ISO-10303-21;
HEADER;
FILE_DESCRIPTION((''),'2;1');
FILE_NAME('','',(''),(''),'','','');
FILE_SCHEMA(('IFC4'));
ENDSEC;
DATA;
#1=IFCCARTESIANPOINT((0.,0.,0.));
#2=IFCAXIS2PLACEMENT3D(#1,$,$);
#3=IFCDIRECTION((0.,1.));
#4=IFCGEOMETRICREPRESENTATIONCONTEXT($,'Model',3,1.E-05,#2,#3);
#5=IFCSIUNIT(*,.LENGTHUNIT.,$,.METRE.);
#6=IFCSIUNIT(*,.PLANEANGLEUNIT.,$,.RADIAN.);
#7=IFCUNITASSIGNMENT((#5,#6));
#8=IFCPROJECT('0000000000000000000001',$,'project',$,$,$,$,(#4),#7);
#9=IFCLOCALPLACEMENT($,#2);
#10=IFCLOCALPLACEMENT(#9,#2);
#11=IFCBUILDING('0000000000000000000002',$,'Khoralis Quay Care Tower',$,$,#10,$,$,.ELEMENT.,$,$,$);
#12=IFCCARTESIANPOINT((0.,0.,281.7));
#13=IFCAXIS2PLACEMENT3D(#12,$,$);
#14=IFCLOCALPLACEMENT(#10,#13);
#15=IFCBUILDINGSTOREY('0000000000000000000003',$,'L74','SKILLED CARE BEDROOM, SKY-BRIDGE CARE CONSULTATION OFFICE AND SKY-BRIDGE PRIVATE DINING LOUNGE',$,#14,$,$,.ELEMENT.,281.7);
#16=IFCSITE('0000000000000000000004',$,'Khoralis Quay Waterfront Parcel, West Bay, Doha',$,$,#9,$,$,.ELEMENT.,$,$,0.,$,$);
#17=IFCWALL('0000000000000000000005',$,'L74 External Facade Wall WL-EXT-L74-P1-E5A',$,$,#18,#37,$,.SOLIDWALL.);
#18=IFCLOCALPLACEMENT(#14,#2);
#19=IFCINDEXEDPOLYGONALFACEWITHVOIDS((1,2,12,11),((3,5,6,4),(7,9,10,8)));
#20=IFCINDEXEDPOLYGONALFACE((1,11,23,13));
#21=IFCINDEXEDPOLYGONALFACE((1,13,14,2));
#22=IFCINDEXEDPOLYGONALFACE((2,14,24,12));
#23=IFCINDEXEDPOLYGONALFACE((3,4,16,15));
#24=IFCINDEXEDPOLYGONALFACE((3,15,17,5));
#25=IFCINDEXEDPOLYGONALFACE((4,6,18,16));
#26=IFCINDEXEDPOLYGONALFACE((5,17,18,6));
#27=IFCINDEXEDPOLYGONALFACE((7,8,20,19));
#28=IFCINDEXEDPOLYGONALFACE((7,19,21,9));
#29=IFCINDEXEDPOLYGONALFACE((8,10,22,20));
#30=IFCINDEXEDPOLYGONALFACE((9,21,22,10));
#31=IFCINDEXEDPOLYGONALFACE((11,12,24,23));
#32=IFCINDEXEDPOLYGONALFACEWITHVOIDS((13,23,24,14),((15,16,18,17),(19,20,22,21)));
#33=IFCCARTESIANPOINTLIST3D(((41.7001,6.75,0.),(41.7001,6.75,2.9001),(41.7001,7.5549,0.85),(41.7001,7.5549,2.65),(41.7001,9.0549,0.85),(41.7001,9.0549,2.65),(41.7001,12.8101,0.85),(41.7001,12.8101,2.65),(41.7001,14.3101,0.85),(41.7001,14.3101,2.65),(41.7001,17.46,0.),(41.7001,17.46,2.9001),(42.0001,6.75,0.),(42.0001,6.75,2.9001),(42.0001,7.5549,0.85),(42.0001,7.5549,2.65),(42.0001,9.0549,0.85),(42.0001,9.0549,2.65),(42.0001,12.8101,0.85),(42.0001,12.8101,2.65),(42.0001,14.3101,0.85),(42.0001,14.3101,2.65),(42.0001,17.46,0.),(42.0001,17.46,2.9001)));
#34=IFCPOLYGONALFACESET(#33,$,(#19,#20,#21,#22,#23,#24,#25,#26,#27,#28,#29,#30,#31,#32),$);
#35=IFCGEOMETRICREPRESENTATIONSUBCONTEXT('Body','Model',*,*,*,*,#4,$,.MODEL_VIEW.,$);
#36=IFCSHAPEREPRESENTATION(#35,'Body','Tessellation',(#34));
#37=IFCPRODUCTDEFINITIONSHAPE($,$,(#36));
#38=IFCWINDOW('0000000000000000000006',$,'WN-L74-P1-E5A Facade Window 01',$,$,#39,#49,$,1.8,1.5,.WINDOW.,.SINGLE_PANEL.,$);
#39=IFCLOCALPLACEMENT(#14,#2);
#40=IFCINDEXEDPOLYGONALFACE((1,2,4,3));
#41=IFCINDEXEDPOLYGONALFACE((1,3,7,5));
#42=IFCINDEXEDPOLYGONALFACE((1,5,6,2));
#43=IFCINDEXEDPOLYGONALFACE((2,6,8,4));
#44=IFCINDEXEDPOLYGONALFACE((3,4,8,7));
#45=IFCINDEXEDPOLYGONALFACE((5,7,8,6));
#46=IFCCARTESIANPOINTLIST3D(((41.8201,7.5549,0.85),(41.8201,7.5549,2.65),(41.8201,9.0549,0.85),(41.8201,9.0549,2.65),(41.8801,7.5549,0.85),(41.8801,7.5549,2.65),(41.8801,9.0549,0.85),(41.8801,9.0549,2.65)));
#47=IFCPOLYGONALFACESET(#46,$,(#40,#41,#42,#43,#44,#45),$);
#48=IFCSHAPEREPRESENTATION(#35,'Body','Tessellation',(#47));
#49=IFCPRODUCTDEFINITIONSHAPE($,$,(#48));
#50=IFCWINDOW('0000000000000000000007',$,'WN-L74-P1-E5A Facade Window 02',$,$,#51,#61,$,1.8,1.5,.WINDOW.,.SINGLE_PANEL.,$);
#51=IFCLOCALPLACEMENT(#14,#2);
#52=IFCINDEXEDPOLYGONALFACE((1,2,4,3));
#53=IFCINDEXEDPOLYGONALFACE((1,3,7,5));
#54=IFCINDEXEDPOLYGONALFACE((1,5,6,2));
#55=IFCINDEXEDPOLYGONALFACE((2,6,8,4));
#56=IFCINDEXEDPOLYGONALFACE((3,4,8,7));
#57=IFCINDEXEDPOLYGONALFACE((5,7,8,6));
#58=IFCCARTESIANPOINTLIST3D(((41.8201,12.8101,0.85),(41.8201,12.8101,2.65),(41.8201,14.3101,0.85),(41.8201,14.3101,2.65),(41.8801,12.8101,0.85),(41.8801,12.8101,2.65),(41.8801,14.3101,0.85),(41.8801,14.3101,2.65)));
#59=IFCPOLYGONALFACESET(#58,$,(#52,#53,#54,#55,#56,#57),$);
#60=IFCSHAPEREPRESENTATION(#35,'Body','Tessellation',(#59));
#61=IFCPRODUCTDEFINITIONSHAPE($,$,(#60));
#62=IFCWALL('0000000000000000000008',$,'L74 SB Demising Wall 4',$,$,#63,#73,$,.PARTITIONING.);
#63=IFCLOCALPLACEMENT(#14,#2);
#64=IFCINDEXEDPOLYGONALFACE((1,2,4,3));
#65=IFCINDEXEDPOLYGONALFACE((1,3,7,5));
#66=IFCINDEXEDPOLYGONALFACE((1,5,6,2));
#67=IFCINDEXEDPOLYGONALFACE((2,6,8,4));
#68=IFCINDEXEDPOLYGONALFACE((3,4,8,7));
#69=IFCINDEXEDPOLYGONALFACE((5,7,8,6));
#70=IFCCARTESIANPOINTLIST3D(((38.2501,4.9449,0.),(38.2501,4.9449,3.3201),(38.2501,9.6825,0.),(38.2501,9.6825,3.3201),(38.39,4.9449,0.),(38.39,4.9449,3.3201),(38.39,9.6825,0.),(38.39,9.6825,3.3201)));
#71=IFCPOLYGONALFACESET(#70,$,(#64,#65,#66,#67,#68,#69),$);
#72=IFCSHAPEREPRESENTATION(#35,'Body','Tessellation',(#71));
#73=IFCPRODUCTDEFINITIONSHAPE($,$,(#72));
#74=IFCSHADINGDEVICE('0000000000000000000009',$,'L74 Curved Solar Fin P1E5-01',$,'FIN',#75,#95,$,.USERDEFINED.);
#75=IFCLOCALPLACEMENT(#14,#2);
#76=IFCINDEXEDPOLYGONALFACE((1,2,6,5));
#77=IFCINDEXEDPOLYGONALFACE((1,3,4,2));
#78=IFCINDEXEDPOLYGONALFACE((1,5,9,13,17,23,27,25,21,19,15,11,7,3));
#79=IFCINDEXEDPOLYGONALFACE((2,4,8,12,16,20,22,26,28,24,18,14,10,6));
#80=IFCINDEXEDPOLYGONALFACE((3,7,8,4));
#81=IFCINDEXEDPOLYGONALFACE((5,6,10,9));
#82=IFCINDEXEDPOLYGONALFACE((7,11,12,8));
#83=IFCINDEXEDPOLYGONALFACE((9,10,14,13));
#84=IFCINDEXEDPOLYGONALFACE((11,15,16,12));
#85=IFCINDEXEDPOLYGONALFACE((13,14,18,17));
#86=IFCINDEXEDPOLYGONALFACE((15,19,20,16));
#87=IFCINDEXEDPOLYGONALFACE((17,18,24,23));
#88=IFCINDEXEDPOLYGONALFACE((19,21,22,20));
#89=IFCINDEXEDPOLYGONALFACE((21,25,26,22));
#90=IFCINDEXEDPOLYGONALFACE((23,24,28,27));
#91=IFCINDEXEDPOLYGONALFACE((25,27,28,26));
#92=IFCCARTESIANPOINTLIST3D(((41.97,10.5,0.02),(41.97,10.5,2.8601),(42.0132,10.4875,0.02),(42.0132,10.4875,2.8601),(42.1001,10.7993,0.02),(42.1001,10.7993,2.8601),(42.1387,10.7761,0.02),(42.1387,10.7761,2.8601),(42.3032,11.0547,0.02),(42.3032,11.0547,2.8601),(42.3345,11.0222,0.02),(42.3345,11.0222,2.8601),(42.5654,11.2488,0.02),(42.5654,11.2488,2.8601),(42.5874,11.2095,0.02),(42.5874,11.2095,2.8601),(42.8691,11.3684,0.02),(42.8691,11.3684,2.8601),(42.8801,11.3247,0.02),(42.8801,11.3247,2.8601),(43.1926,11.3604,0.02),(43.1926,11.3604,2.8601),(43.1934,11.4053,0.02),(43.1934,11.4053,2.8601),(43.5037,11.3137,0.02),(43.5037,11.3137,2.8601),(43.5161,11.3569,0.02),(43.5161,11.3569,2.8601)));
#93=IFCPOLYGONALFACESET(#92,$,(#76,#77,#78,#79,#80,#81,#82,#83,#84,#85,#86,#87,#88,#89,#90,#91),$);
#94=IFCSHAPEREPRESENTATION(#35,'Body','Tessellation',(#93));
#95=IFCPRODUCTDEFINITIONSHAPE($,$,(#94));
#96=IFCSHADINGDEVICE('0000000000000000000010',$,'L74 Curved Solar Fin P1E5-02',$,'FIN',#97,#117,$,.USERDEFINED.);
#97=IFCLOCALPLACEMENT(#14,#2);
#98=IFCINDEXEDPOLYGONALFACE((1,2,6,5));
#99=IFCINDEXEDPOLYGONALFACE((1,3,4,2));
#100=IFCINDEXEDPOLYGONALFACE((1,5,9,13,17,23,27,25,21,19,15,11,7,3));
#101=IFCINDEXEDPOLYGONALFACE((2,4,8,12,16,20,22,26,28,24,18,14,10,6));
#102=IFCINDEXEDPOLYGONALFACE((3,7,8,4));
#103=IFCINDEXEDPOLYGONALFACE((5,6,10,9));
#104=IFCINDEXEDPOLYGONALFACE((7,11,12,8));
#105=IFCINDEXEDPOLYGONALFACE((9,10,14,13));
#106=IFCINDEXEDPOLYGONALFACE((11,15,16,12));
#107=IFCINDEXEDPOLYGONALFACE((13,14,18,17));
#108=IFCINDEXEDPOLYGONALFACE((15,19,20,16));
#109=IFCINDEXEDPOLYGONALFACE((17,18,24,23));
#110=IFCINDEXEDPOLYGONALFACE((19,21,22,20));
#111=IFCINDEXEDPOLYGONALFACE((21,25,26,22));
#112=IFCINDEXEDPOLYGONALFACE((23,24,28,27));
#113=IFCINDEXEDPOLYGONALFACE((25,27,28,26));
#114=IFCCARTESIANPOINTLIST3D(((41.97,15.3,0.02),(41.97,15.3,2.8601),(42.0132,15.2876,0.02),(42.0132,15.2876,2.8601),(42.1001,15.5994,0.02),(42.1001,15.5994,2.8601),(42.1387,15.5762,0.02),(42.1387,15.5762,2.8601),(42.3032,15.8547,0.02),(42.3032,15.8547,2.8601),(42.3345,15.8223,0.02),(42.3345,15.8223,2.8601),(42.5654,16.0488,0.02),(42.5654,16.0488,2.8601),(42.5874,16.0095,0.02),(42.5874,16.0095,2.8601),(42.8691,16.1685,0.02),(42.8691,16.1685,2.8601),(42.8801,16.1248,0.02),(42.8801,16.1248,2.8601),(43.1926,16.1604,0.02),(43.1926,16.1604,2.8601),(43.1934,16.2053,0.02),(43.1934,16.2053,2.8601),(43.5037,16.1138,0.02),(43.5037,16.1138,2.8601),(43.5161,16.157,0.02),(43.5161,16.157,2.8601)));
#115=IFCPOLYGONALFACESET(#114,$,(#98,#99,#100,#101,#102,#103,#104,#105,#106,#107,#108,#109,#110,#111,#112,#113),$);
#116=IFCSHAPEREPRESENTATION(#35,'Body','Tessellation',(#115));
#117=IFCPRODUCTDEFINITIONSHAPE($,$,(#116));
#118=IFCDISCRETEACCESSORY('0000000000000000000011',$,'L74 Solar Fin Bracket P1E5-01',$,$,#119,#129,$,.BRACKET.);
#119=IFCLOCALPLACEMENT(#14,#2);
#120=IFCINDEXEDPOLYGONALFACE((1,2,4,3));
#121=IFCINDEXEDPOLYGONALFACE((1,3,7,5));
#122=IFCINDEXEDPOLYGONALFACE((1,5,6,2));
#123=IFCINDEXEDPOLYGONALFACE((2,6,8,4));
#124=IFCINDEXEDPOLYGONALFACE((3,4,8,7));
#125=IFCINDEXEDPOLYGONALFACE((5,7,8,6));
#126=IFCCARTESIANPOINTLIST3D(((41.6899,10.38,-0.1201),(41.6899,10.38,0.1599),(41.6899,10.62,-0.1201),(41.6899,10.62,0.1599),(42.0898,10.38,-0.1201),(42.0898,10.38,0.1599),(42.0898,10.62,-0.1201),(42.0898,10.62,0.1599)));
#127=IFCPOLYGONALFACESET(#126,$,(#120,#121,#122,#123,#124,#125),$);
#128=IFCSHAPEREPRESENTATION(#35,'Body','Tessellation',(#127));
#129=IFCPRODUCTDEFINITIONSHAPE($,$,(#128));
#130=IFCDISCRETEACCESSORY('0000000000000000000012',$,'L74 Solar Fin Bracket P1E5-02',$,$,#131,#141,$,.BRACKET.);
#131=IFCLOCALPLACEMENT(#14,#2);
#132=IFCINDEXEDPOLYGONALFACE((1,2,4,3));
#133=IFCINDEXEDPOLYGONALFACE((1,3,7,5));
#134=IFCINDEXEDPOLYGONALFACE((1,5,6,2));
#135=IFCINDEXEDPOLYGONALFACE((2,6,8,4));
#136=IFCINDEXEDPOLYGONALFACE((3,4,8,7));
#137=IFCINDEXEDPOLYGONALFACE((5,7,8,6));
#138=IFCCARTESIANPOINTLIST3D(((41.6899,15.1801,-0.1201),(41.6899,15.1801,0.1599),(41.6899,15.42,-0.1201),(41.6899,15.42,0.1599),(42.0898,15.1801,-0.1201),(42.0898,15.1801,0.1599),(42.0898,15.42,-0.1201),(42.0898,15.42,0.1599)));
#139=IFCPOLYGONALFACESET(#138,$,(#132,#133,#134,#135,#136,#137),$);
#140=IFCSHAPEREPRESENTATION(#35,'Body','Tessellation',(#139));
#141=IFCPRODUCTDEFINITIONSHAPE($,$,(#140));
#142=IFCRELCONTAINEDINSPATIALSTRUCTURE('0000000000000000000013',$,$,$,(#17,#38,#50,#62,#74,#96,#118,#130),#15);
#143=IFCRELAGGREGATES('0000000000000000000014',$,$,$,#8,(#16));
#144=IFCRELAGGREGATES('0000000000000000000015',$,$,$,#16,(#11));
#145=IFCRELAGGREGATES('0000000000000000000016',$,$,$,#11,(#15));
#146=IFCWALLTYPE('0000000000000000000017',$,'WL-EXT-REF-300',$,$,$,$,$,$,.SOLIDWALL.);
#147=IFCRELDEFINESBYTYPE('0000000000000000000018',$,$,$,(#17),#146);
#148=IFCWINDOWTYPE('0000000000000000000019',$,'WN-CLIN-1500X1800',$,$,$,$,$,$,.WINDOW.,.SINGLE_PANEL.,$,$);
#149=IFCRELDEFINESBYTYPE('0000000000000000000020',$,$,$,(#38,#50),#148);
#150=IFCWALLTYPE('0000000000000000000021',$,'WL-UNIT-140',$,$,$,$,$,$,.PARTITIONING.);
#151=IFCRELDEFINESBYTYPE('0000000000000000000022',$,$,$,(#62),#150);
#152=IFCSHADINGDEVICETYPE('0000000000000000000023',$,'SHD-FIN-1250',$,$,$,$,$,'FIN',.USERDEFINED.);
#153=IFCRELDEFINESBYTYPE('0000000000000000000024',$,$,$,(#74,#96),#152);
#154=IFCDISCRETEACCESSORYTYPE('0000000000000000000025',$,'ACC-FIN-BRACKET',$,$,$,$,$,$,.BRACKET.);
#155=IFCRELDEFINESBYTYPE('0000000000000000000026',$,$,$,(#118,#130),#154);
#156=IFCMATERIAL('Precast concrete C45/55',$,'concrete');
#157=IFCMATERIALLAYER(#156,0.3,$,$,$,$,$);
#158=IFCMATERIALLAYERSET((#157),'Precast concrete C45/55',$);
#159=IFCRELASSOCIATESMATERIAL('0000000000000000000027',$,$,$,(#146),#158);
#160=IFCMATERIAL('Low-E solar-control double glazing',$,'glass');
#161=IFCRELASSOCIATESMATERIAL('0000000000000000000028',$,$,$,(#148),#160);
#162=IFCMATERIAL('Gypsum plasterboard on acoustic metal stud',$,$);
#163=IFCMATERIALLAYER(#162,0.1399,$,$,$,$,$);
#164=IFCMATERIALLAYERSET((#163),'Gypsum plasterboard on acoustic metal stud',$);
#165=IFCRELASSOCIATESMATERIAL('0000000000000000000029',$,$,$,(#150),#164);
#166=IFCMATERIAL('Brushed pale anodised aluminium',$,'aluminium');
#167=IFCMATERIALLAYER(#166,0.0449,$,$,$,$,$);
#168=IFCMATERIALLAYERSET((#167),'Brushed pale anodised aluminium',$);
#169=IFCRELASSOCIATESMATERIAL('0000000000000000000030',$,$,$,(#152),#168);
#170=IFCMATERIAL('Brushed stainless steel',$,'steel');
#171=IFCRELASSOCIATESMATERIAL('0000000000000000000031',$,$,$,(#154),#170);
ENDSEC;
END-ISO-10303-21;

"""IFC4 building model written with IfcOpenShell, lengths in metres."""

from ifc_helpers import new_model, si_unit, direction, frame, frame_2d, origin, origin_2d, place, context, subcontext, project, spatial, polyline, rectangle, outline, extrude, source, transform, mapped, material, layer, layer_set, type_object, element, fill, save


model = new_model("IFC4")

# Units and contexts
model_context = context("Model", 3, precision=1e-05, world=origin(), true_north=direction((0.0, 1.0)))
body_context = subcontext(model_context, "Body", "Model", "MODEL_VIEW")
ifc_project = project(units=[si_unit("LENGTHUNIT", "METRE"), si_unit("PLANEANGLEUNIT", "RADIAN")], contexts=[model_context])

# Site, building, storey
site_placement = place(None, origin())
site = spatial("IfcSite", under=ifc_project, at=site_placement, Name="Khoralis Quay Waterfront Parcel, West Bay, Doha", CompositionType="ELEMENT", RefElevation=0.0)
building_placement = place(site_placement, origin())
building = spatial("IfcBuilding", under=site, at=building_placement, Name="Khoralis Quay Care Tower", CompositionType="ELEMENT")
storey_placement = place(building_placement, frame((0.0, 0.0, 281.7)))
storey = spatial("IfcBuildingStorey", under=building, at=storey_placement, Name="L74", Description="SKILLED CARE BEDROOM, SKY-BRIDGE CARE CONSULTATION OFFICE AND SKY-BRIDGE PRIVATE DINING LOUNGE", CompositionType="ELEMENT", Elevation=281.7)

# Shared definitions
ifc_material_1 = material(Name="Low-E solar-control double glazing", Category="glass")

# Shared definitions
ifc_material_2 = material(Name="Gypsum plasterboard on acoustic metal stud")

# Shared definitions
ifc_material_3 = material(Name="Precast concrete C45/55", Category="concrete")
ifc_layer_1 = layer(ifc_material_3, 0.3)
ifc_layer_set_1 = layer_set([ifc_layer_1], Name="Precast concrete C45/55")
wall_type_1 = type_object("IfcWallType", Name="WL-EXT-REF-300", PredefinedType="SOLIDWALL", material=ifc_layer_set_1)

# Wall, openings, windows
wall_1_placement = place(storey_placement, frame((41.8501, 6.75, 0.0), z_axis=(0.0, 0.0, 1.0), x_axis=(0.0, 1.0, 0.0)))
wall_1 = element("IfcWall", 1, at=wall_1_placement, inside=storey, type_object=wall_type_1, Name="L74 External Facade Wall WL-EXT-L74-P1-E5A", PredefinedType="SOLIDWALL", context=body_context, shape_type="SweptSolid", body=[
    extrude(rectangle(XDim=10.71, YDim=0.3, at=frame_2d((5.355, 0.0))), origin(), (0.0, 0.0, 1.0), 2.9001),
])
opening_1_placement = place(wall_1_placement, frame((0.8049, 0.0, 0.8501)))
opening_1 = element("IfcOpeningElement", 2, at=opening_1_placement, cuts=wall_1, PredefinedType="OPENING", context=body_context, shape_type="SweptSolid", body=[
    extrude(rectangle(XDim=1.5, YDim=1.8, at=frame_2d((0.75, 0.8999))), frame((0.0, 0.1602, 0.0), z_axis=(0.0, -1.0, 0.0), x_axis=(1.0, 0.0, 0.0)), (0.0, 0.0, 1.0), 0.3201),
])
opening_2_placement = place(wall_1_placement, frame((6.0601, 0.0, 0.8501)))
opening_2 = element("IfcOpeningElement", 3, at=opening_2_placement, cuts=wall_1, PredefinedType="OPENING", context=body_context, shape_type="SweptSolid", body=[
    extrude(rectangle(XDim=1.5, YDim=1.8, at=frame_2d((0.75, 0.8999))), frame((0.0, 0.1602, 0.0), z_axis=(0.0, -1.0, 0.0), x_axis=(1.0, 0.0, 0.0)), (0.0, 0.0, 1.0), 0.3201),
])
window_type = type_object("IfcWindowType", Name="WN-CLIN-1500X1800", PartitioningType="SINGLE_PANEL", PredefinedType="WINDOW", material=ifc_material_1)
shared_shape_1 = source(origin(), body_context, "Body", "SweptSolid", [
    extrude(rectangle(XDim=1.5, YDim=1.8, at=frame_2d((0.75, 0.8999))), frame((0.0, 0.03, 0.0), z_axis=(0.0, -1.0, 0.0), x_axis=(1.0, 0.0, 0.0)), (0.0, 0.0, 1.0), 0.0601),
])
window_1_placement = place(opening_1_placement, origin())
window_1 = element("IfcWindow", 4, at=window_1_placement, inside=storey, type_object=window_type, Name="WN-L74-P1-E5A Facade Window 01", OverallHeight=1.8, OverallWidth=1.5, PartitioningType="SINGLE_PANEL", PredefinedType="WINDOW", context=body_context, shape_type="MappedRepresentation", body=[
    mapped(shared_shape_1, transform((0.0, 0.0, 0.0), scale=1.0)),
])
fill(opening_1, window_1)
window_2_placement = place(opening_2_placement, origin())
window_2 = element("IfcWindow", 5, at=window_2_placement, inside=storey, type_object=window_type, Name="WN-L74-P1-E5A Facade Window 02", OverallHeight=1.8, OverallWidth=1.5, PartitioningType="SINGLE_PANEL", PredefinedType="WINDOW", context=body_context, shape_type="MappedRepresentation", body=[
    mapped(shared_shape_1, transform((0.0, 0.0, 0.0), scale=1.0)),
])
fill(opening_2, window_2)

# Wall
ifc_layer_2 = layer(ifc_material_2, 0.1399)
ifc_layer_set_2 = layer_set([ifc_layer_2], Name="Gypsum plasterboard on acoustic metal stud")
wall_type_2 = type_object("IfcWallType", Name="WL-UNIT-140", PredefinedType="PARTITIONING", material=ifc_layer_set_2)
wall_2_placement = place(storey_placement, frame((38.3201, 4.9451, 0.0), z_axis=(0.0, 0.0, 1.0), x_axis=(0.0, 1.0, 0.0)))
element("IfcWall", 6, at=wall_2_placement, inside=storey, type_object=wall_type_2, Name="L74 SB Demising Wall 4", PredefinedType="PARTITIONING", context=body_context, shape_type="SweptSolid", body=[
    extrude(rectangle(XDim=4.7375, YDim=0.1399, at=frame_2d((2.3687, 0.0))), origin(), (0.0, 0.0, 1.0), 3.3201),
])

# Shading devices
ifc_material_4 = material(Name="Brushed pale anodised aluminium", Category="aluminium")
ifc_layer_3 = layer(ifc_material_4, 0.0449)
ifc_layer_set_3 = layer_set([ifc_layer_3], Name="Brushed pale anodised aluminium")
shading_device_type = type_object("IfcShadingDeviceType", Name="SHD-FIN-1250", ElementType="FIN", PredefinedType="USERDEFINED", material=ifc_layer_set_3)
shared_shape_2 = source(origin(), body_context, "Body", "SweptSolid", [
    extrude(outline(polyline([(0.0, 0.0), (0.1301, 0.2993), (0.3333, 0.5547), (0.5955, 0.7488), (0.8992, 0.8684), (1.2234, 0.9053), (1.5461, 0.8569), (1.5337, 0.8137), (1.2227, 0.8604), (0.9102, 0.8247), (0.6174, 0.7095), (0.3645, 0.5222), (0.1687, 0.2761), (0.0432, -0.0125), (0.0, 0.0)])), origin(), (0.0, 0.0, 1.0), 2.8401),
])
for number, where, z_axis, x_axis, name in (
    (7, (41.97, 10.5, 0.02), (0.0, 0.0, 1.0), (1.0, 0.0, 0.0), "L74 Curved Solar Fin P1E5-01"),
    (8, (41.97, 15.3, 0.02), (0.0, 0.0, 1.0), (1.0, 0.0, 0.0), "L74 Curved Solar Fin P1E5-02"),
):
    element("IfcShadingDevice", number, at=place(storey_placement, frame(where, z_axis=z_axis, x_axis=x_axis)), inside=storey, type_object=shading_device_type, Name=name, ObjectType="FIN", PredefinedType="USERDEFINED", context=body_context, shape_type="MappedRepresentation", body=[
        mapped(shared_shape_2, transform((0.0, 0.0, 0.0), scale=1.0)),
    ])

# Discrete accessories
ifc_material_5 = material(Name="Brushed stainless steel", Category="steel")
discrete_accessory_type = type_object("IfcDiscreteAccessoryType", Name="ACC-FIN-BRACKET", PredefinedType="BRACKET", material=ifc_material_5)
shared_shape_3 = source(origin(), body_context, "Body", "SweptSolid", [
    extrude(rectangle(XDim=0.3999, YDim=0.24, at=origin_2d()), origin(), (0.0, 0.0, 1.0), 0.28),
])
for number, where, z_axis, x_axis, name in (
    (9, (41.8899, 10.5, -0.1201), (0.0, 0.0, 1.0), (1.0, 0.0, 0.0), "L74 Solar Fin Bracket P1E5-01"),
    (10, (41.8899, 15.3, -0.1201), (0.0, 0.0, 1.0), (1.0, 0.0, 0.0), "L74 Solar Fin Bracket P1E5-02"),
):
    element("IfcDiscreteAccessory", number, at=place(storey_placement, frame(where, z_axis=z_axis, x_axis=x_axis)), inside=storey, type_object=discrete_accessory_type, Name=name, PredefinedType="BRACKET", context=body_context, shape_type="MappedRepresentation", body=[
        mapped(shared_shape_3, transform((0.0, 0.0, 0.0), scale=1.0)),
    ])

save(model, "model.ifc")
